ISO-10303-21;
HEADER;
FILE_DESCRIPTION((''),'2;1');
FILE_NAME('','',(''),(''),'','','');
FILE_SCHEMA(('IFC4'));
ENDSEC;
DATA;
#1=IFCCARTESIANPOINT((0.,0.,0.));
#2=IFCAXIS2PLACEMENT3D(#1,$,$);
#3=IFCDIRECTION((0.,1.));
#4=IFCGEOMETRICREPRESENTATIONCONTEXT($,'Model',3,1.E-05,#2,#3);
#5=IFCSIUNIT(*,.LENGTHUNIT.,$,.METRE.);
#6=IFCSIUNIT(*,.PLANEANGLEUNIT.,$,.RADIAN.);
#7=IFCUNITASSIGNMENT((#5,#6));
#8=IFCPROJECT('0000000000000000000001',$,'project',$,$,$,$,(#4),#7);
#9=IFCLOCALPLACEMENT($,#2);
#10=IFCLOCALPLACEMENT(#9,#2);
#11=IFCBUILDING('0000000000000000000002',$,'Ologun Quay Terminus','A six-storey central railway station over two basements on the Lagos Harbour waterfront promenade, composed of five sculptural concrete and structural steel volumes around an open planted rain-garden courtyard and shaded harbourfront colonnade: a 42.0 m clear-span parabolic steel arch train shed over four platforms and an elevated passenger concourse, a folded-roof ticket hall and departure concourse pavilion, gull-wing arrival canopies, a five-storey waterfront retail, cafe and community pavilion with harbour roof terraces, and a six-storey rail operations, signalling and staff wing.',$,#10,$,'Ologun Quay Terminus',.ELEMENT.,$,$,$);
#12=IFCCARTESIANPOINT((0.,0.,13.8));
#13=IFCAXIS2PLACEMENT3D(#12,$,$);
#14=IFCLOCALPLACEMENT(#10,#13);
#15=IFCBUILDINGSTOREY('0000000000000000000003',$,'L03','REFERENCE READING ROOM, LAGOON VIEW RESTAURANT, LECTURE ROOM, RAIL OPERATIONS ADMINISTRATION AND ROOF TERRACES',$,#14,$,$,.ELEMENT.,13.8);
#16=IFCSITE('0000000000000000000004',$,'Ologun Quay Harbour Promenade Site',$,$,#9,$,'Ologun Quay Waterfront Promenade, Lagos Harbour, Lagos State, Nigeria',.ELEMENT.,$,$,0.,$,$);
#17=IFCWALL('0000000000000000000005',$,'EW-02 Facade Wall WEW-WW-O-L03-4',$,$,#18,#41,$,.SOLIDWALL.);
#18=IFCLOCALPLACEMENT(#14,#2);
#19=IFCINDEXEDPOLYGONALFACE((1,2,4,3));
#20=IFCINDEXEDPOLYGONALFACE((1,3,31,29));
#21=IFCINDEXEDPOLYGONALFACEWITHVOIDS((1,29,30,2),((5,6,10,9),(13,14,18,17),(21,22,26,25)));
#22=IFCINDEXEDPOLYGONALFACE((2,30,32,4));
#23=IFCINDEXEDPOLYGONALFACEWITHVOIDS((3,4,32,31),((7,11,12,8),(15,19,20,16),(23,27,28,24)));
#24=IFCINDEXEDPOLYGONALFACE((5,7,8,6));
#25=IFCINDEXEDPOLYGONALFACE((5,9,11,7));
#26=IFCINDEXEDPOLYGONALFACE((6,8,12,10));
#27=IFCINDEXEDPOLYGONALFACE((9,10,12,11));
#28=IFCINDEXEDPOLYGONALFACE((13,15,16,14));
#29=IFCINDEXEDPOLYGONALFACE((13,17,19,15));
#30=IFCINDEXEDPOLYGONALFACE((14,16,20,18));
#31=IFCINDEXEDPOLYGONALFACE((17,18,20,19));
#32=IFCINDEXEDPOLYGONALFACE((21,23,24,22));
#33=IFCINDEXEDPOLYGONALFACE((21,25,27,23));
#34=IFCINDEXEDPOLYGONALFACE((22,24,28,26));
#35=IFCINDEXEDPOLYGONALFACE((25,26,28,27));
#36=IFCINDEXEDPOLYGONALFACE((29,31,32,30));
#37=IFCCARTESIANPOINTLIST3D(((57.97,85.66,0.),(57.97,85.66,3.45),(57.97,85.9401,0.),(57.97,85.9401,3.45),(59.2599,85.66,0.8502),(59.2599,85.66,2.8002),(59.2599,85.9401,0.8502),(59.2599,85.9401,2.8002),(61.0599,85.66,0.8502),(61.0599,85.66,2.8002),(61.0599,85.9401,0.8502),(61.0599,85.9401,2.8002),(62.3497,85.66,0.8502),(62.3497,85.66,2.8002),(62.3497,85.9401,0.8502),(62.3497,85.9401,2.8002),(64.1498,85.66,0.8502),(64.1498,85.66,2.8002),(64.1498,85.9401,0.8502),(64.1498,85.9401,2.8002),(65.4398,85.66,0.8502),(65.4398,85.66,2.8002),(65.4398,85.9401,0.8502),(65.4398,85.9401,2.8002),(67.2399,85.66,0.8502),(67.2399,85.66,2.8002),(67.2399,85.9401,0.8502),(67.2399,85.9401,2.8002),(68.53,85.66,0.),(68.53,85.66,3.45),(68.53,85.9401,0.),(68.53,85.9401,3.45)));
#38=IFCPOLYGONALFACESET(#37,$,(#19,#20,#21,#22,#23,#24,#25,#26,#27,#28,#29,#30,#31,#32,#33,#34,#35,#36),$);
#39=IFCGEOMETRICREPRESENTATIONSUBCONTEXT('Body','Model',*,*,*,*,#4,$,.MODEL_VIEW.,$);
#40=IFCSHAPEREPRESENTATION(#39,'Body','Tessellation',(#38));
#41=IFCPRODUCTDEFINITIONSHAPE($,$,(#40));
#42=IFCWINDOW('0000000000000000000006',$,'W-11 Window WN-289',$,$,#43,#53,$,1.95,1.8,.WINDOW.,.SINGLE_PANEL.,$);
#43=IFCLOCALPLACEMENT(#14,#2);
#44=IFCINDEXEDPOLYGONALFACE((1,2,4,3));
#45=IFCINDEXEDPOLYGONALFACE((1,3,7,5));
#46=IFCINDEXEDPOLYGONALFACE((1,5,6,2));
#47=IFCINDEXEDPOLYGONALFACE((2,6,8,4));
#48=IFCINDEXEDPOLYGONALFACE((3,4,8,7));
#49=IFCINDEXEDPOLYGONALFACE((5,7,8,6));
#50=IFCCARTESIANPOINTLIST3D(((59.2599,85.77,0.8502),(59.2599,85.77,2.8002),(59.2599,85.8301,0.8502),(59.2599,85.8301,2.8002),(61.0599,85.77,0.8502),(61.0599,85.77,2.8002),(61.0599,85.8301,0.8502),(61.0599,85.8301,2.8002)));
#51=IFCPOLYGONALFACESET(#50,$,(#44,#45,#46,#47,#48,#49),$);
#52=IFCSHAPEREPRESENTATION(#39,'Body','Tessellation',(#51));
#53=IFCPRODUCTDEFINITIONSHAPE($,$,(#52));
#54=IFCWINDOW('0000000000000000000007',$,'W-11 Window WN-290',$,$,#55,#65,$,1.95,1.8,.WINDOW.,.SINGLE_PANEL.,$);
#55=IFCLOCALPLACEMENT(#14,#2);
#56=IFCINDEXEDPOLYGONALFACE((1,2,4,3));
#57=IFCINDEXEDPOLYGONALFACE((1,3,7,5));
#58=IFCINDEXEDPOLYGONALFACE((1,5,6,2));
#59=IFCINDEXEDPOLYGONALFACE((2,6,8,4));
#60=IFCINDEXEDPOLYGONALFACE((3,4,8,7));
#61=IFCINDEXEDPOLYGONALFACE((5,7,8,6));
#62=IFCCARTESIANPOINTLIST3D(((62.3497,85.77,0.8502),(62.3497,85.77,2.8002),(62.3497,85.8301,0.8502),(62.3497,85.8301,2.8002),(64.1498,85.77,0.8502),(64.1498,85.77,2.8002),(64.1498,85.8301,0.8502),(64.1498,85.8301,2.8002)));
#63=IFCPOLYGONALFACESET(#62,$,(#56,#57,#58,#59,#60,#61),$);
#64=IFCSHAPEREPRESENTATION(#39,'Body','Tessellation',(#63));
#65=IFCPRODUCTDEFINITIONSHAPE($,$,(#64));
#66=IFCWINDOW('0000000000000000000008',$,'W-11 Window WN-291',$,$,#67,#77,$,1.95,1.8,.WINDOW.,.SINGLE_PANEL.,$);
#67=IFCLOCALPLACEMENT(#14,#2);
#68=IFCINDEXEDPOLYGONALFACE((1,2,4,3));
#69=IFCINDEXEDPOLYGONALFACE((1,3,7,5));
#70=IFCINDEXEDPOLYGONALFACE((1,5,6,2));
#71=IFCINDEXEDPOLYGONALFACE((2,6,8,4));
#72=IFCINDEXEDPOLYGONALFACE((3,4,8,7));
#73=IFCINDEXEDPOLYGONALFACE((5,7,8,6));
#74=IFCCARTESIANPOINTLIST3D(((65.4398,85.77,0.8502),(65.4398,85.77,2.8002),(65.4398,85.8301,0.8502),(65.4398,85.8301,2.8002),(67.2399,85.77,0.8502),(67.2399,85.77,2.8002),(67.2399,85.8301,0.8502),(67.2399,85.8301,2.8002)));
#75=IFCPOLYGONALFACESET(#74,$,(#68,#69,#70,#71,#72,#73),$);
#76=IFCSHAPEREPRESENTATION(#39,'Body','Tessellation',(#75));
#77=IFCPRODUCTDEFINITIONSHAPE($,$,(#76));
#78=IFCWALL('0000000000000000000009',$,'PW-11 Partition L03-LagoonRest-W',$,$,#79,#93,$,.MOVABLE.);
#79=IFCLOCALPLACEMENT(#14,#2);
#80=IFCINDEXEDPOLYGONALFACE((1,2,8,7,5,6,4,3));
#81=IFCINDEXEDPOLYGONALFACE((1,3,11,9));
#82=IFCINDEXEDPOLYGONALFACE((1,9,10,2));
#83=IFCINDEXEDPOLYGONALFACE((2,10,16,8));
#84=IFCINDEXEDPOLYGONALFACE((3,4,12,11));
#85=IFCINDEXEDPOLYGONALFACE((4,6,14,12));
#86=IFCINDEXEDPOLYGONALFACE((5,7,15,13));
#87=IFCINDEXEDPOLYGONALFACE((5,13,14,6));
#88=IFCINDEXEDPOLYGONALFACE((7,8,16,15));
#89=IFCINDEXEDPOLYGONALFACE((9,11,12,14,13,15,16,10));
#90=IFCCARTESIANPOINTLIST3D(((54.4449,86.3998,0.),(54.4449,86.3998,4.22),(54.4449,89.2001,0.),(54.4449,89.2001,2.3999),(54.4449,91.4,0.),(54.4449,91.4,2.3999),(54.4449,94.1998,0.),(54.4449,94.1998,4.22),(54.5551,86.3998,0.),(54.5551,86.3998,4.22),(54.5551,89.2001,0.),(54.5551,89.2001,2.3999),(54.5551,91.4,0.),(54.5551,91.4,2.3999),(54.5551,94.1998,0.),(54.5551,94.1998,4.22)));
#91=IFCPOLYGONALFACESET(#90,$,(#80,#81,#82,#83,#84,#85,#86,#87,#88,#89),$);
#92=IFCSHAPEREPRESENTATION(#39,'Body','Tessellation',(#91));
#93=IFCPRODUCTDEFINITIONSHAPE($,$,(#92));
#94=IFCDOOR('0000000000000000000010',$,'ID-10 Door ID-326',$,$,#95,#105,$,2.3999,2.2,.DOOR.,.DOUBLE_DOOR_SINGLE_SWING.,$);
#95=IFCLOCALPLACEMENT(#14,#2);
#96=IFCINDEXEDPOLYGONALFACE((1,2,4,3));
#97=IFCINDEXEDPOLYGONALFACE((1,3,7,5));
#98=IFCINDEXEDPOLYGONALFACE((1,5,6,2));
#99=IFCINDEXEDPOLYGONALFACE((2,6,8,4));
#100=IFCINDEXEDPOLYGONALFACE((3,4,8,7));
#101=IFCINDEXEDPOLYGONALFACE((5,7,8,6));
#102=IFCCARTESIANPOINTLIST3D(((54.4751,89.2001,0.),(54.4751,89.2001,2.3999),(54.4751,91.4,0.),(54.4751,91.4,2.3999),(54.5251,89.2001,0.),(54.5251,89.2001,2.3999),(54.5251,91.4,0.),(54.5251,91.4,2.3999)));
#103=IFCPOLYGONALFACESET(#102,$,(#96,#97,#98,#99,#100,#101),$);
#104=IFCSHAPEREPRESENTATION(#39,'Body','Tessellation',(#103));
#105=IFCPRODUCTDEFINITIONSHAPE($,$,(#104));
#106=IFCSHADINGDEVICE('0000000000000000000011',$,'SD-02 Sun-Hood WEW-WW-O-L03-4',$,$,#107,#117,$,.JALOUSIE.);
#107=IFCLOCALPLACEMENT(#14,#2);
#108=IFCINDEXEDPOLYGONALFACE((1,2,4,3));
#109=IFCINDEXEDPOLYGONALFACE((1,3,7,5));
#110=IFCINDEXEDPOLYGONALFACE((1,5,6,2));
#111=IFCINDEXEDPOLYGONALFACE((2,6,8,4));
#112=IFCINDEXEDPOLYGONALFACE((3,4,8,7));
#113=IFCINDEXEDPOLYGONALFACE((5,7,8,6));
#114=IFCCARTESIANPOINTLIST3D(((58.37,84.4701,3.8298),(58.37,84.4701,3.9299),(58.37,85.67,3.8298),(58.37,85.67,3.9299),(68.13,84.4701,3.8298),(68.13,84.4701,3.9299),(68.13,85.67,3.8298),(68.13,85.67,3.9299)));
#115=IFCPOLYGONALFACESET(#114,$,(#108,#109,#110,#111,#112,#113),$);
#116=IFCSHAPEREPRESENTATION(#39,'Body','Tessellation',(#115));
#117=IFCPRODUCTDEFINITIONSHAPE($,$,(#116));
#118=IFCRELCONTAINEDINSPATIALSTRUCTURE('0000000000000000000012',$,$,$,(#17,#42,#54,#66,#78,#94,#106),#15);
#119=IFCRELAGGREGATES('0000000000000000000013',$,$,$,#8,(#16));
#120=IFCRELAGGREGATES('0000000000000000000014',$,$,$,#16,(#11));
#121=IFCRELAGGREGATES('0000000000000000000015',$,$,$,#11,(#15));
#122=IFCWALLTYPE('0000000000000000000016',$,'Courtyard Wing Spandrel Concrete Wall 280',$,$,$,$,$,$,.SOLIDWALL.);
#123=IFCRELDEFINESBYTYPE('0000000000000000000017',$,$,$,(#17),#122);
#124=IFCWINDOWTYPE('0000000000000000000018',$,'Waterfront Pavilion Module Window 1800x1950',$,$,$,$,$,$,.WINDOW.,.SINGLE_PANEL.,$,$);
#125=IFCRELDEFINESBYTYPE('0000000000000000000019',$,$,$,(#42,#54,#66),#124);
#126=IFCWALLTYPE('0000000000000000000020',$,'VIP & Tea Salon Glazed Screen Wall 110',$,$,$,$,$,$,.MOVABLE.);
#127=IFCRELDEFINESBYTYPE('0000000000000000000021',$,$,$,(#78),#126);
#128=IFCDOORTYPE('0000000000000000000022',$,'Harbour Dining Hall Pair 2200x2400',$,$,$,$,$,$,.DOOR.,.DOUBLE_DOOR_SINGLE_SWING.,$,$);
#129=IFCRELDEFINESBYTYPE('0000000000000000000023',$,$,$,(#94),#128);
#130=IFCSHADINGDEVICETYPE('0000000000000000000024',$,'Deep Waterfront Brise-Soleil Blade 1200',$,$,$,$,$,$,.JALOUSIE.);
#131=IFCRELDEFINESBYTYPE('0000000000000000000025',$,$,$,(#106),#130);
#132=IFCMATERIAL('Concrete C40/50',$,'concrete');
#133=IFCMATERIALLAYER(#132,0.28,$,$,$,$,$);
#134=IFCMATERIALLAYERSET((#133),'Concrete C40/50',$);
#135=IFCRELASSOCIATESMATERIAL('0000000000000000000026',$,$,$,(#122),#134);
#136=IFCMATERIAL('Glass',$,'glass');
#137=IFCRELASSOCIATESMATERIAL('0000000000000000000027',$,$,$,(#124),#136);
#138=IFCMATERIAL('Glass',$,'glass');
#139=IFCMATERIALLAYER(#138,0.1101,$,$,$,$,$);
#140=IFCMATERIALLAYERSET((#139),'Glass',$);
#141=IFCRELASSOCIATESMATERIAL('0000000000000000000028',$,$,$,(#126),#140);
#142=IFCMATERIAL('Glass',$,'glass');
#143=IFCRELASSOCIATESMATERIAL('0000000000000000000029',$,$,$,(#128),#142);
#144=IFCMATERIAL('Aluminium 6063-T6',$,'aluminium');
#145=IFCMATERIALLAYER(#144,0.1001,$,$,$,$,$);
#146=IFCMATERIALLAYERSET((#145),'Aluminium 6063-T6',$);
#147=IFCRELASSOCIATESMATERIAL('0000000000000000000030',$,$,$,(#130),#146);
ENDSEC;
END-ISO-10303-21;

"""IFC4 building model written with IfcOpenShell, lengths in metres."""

from ifc_helpers import new_model, si_unit, direction, frame, frame_2d, origin, origin_2d, place, context, subcontext, project, spatial, rectangle, extrude, material, layer, layer_set, type_object, element, fill, save


model = new_model("IFC4")

# Units and contexts
model_context = context("Model", 3, precision=1e-05, world=origin(), true_north=direction((0.0, 1.0)))
body_context = subcontext(model_context, "Body", "Model", "MODEL_VIEW")
ifc_project = project(units=[si_unit("LENGTHUNIT", "METRE"), si_unit("PLANEANGLEUNIT", "RADIAN")], contexts=[model_context])

# Site, building, storey
site_placement = place(None, origin())
site = spatial("IfcSite", under=ifc_project, at=site_placement, Name="Ologun Quay Harbour Promenade Site", LongName="Ologun Quay Waterfront Promenade, Lagos Harbour, Lagos State, Nigeria", CompositionType="ELEMENT", RefElevation=0.0)
building_placement = place(site_placement, origin())
building = spatial("IfcBuilding", under=site, at=building_placement, Name="Ologun Quay Terminus", Description="A six-storey central railway station over two basements on the Lagos Harbour waterfront promenade, composed of five sculptural concrete and structural steel volumes around an open planted rain-garden courtyard and shaded harbourfront colonnade: a 42.0 m clear-span parabolic steel arch train shed over four platforms and an elevated passenger concourse, a folded-roof ticket hall and departure concourse pavilion, gull-wing arrival canopies, a five-storey waterfront retail, cafe and community pavilion with harbour roof terraces, and a six-storey rail operations, signalling and staff wing.", LongName="Ologun Quay Terminus", CompositionType="ELEMENT")
storey_placement = place(building_placement, frame((0.0, 0.0, 13.8)))
storey = spatial("IfcBuildingStorey", under=building, at=storey_placement, Name="L03", Description="REFERENCE READING ROOM, LAGOON VIEW RESTAURANT, LECTURE ROOM, RAIL OPERATIONS ADMINISTRATION AND ROOF TERRACES", CompositionType="ELEMENT", Elevation=13.8)

# Wall, openings, windows
ifc_material_1 = material(Name="Concrete C40/50", Category="concrete")
ifc_layer_1 = layer(ifc_material_1, 0.28)
ifc_layer_set_1 = layer_set([ifc_layer_1], Name="Concrete C40/50")
wall_type_1 = type_object("IfcWallType", Name="Courtyard Wing Spandrel Concrete Wall 280", PredefinedType="SOLIDWALL", material=ifc_layer_set_1)
wall_1_placement = place(storey_placement, frame((57.97, 85.8, 0.0), z_axis=(0.0, 0.0, 1.0), x_axis=(1.0, 0.0, 0.0)))
wall_1 = element("IfcWall", 1, at=wall_1_placement, inside=storey, type_object=wall_type_1, Name="EW-02 Facade Wall WEW-WW-O-L03-4", PredefinedType="SOLIDWALL", context=body_context, shape_type="SweptSolid", body=[
    extrude(rectangle(XDim=10.5601, YDim=0.28, at=frame_2d((5.28, 0.0))), origin(), (0.0, 0.0, 1.0), 3.45),
])
opening_1_placement = place(wall_1_placement, frame((1.29, 0.0, 0.8501)))
opening_1 = element("IfcOpeningElement", 2, at=opening_1_placement, cuts=wall_1, PredefinedType="OPENING", context=body_context, shape_type="SweptSolid", body=[
    extrude(rectangle(XDim=1.8, YDim=1.95, at=frame_2d((0.8999, 0.9751))), frame((0.0, 0.1499, 0.0), z_axis=(0.0, -1.0, 0.0), x_axis=(1.0, 0.0, 0.0)), (0.0, 0.0, 1.0), 0.3),
])
opening_2_placement = place(wall_1_placement, frame((4.3799, 0.0, 0.8501)))
opening_2 = element("IfcOpeningElement", 3, at=opening_2_placement, cuts=wall_1, PredefinedType="OPENING", context=body_context, shape_type="SweptSolid", body=[
    extrude(rectangle(XDim=1.8, YDim=1.95, at=frame_2d((0.8999, 0.9751))), frame((0.0, 0.1499, 0.0), z_axis=(0.0, -1.0, 0.0), x_axis=(1.0, 0.0, 0.0)), (0.0, 0.0, 1.0), 0.3),
])
opening_3_placement = place(wall_1_placement, frame((7.47, 0.0, 0.8501)))
opening_3 = element("IfcOpeningElement", 4, at=opening_3_placement, cuts=wall_1, PredefinedType="OPENING", context=body_context, shape_type="SweptSolid", body=[
    extrude(rectangle(XDim=1.8, YDim=1.95, at=frame_2d((0.8999, 0.9751))), frame((0.0, 0.1499, 0.0), z_axis=(0.0, -1.0, 0.0), x_axis=(1.0, 0.0, 0.0)), (0.0, 0.0, 1.0), 0.3),
])
ifc_material_2 = material(Name="Glass", Category="glass")
window_type = type_object("IfcWindowType", Name="Waterfront Pavilion Module Window 1800x1950", PartitioningType="SINGLE_PANEL", PredefinedType="WINDOW", material=ifc_material_2)
window_1_placement = place(opening_1_placement, origin())
window_1 = element("IfcWindow", 5, at=window_1_placement, inside=storey, type_object=window_type, Name="W-11 Window WN-289", OverallHeight=1.95, OverallWidth=1.8, PartitioningType="SINGLE_PANEL", PredefinedType="WINDOW", context=body_context, shape_type="SweptSolid", body=[
    extrude(rectangle(XDim=1.8, YDim=1.95, at=frame_2d((0.8999, 0.9751))), frame((0.0, 0.03, 0.0), z_axis=(0.0, -1.0, 0.0), x_axis=(1.0, 0.0, 0.0)), (0.0, 0.0, 1.0), 0.0601),
])
fill(opening_1, window_1)
window_2_placement = place(opening_2_placement, origin())
window_2 = element("IfcWindow", 6, at=window_2_placement, inside=storey, type_object=window_type, Name="W-11 Window WN-290", OverallHeight=1.95, OverallWidth=1.8, PartitioningType="SINGLE_PANEL", PredefinedType="WINDOW", context=body_context, shape_type="SweptSolid", body=[
    extrude(rectangle(XDim=1.8, YDim=1.95, at=frame_2d((0.8999, 0.9751))), frame((0.0, 0.03, 0.0), z_axis=(0.0, -1.0, 0.0), x_axis=(1.0, 0.0, 0.0)), (0.0, 0.0, 1.0), 0.0601),
])
fill(opening_2, window_2)
window_3_placement = place(opening_3_placement, origin())
window_3 = element("IfcWindow", 7, at=window_3_placement, inside=storey, type_object=window_type, Name="W-11 Window WN-291", OverallHeight=1.95, OverallWidth=1.8, PartitioningType="SINGLE_PANEL", PredefinedType="WINDOW", context=body_context, shape_type="SweptSolid", body=[
    extrude(rectangle(XDim=1.8, YDim=1.95, at=frame_2d((0.8999, 0.9751))), frame((0.0, 0.03, 0.0), z_axis=(0.0, -1.0, 0.0), x_axis=(1.0, 0.0, 0.0)), (0.0, 0.0, 1.0), 0.0601),
])
fill(opening_3, window_3)

# Wall, opening, door
ifc_material_3 = material(Name="Glass", Category="glass")
ifc_layer_2 = layer(ifc_material_3, 0.1101)
ifc_layer_set_2 = layer_set([ifc_layer_2], Name="Glass")
wall_type_2 = type_object("IfcWallType", Name="VIP & Tea Salon Glazed Screen Wall 110", PredefinedType="MOVABLE", material=ifc_layer_set_2)
wall_2_placement = place(storey_placement, frame((54.5, 86.3999, 0.0), z_axis=(0.0, 0.0, 1.0), x_axis=(0.0, 1.0, 0.0)))
wall_2 = element("IfcWall", 8, at=wall_2_placement, inside=storey, type_object=wall_type_2, Name="PW-11 Partition L03-LagoonRest-W", PredefinedType="MOVABLE", context=body_context, shape_type="SweptSolid", body=[
    extrude(rectangle(XDim=7.8, YDim=0.1101, at=frame_2d((3.8999, 0.0))), origin(), (0.0, 0.0, 1.0), 4.22),
])
opening_4_placement = place(wall_2_placement, frame((2.8, 0.0, 0.0)))
opening_4 = element("IfcOpeningElement", 9, at=opening_4_placement, cuts=wall_2, PredefinedType="OPENING", context=body_context, shape_type="SweptSolid", body=[
    extrude(rectangle(XDim=2.2, YDim=2.3999, at=frame_2d((1.1001, 1.2))), frame((0.0, 0.0649, 0.0), z_axis=(0.0, -1.0, 0.0), x_axis=(1.0, 0.0, 0.0)), (0.0, 0.0, 1.0), 0.1301),
])
ifc_material_4 = material(Name="Glass", Category="glass")
door_type = type_object("IfcDoorType", Name="Harbour Dining Hall Pair 2200x2400", OperationType="DOUBLE_DOOR_SINGLE_SWING", PredefinedType="DOOR", material=ifc_material_4)
door_placement = place(opening_4_placement, origin())
door = element("IfcDoor", 10, at=door_placement, inside=storey, type_object=door_type, Name="ID-10 Door ID-326", OperationType="DOUBLE_DOOR_SINGLE_SWING", OverallHeight=2.3999, OverallWidth=2.2, PredefinedType="DOOR", context=body_context, shape_type="SweptSolid", body=[
    extrude(rectangle(XDim=2.2, YDim=2.3999, at=frame_2d((1.1001, 1.2))), frame((0.0, 0.0249, 0.0), z_axis=(0.0, -1.0, 0.0), x_axis=(1.0, 0.0, 0.0)), (0.0, 0.0, 1.0), 0.05),
])
fill(opening_4, door)

# Shading device
ifc_material_5 = material(Name="Aluminium 6063-T6", Category="aluminium")
ifc_layer_3 = layer(ifc_material_5, 0.1001)
ifc_layer_set_3 = layer_set([ifc_layer_3], Name="Aluminium 6063-T6")
shading_device_type = type_object("IfcShadingDeviceType", Name="Deep Waterfront Brise-Soleil Blade 1200", PredefinedType="JALOUSIE", material=ifc_layer_set_3)
shading_device_placement = place(storey_placement, frame((63.25, 85.0701, 3.8298), z_axis=(0.0, 0.0, 1.0), x_axis=(1.0, 0.0, 0.0)))
element("IfcShadingDevice", 11, at=shading_device_placement, inside=storey, type_object=shading_device_type, Name="SD-02 Sun-Hood WEW-WW-O-L03-4", PredefinedType="JALOUSIE", context=body_context, shape_type="SweptSolid", body=[
    extrude(rectangle(XDim=9.76, YDim=1.2, at=origin_2d()), origin(), (0.0, 0.0, 1.0), 0.1001),
])

save(model, "model.ifc")
